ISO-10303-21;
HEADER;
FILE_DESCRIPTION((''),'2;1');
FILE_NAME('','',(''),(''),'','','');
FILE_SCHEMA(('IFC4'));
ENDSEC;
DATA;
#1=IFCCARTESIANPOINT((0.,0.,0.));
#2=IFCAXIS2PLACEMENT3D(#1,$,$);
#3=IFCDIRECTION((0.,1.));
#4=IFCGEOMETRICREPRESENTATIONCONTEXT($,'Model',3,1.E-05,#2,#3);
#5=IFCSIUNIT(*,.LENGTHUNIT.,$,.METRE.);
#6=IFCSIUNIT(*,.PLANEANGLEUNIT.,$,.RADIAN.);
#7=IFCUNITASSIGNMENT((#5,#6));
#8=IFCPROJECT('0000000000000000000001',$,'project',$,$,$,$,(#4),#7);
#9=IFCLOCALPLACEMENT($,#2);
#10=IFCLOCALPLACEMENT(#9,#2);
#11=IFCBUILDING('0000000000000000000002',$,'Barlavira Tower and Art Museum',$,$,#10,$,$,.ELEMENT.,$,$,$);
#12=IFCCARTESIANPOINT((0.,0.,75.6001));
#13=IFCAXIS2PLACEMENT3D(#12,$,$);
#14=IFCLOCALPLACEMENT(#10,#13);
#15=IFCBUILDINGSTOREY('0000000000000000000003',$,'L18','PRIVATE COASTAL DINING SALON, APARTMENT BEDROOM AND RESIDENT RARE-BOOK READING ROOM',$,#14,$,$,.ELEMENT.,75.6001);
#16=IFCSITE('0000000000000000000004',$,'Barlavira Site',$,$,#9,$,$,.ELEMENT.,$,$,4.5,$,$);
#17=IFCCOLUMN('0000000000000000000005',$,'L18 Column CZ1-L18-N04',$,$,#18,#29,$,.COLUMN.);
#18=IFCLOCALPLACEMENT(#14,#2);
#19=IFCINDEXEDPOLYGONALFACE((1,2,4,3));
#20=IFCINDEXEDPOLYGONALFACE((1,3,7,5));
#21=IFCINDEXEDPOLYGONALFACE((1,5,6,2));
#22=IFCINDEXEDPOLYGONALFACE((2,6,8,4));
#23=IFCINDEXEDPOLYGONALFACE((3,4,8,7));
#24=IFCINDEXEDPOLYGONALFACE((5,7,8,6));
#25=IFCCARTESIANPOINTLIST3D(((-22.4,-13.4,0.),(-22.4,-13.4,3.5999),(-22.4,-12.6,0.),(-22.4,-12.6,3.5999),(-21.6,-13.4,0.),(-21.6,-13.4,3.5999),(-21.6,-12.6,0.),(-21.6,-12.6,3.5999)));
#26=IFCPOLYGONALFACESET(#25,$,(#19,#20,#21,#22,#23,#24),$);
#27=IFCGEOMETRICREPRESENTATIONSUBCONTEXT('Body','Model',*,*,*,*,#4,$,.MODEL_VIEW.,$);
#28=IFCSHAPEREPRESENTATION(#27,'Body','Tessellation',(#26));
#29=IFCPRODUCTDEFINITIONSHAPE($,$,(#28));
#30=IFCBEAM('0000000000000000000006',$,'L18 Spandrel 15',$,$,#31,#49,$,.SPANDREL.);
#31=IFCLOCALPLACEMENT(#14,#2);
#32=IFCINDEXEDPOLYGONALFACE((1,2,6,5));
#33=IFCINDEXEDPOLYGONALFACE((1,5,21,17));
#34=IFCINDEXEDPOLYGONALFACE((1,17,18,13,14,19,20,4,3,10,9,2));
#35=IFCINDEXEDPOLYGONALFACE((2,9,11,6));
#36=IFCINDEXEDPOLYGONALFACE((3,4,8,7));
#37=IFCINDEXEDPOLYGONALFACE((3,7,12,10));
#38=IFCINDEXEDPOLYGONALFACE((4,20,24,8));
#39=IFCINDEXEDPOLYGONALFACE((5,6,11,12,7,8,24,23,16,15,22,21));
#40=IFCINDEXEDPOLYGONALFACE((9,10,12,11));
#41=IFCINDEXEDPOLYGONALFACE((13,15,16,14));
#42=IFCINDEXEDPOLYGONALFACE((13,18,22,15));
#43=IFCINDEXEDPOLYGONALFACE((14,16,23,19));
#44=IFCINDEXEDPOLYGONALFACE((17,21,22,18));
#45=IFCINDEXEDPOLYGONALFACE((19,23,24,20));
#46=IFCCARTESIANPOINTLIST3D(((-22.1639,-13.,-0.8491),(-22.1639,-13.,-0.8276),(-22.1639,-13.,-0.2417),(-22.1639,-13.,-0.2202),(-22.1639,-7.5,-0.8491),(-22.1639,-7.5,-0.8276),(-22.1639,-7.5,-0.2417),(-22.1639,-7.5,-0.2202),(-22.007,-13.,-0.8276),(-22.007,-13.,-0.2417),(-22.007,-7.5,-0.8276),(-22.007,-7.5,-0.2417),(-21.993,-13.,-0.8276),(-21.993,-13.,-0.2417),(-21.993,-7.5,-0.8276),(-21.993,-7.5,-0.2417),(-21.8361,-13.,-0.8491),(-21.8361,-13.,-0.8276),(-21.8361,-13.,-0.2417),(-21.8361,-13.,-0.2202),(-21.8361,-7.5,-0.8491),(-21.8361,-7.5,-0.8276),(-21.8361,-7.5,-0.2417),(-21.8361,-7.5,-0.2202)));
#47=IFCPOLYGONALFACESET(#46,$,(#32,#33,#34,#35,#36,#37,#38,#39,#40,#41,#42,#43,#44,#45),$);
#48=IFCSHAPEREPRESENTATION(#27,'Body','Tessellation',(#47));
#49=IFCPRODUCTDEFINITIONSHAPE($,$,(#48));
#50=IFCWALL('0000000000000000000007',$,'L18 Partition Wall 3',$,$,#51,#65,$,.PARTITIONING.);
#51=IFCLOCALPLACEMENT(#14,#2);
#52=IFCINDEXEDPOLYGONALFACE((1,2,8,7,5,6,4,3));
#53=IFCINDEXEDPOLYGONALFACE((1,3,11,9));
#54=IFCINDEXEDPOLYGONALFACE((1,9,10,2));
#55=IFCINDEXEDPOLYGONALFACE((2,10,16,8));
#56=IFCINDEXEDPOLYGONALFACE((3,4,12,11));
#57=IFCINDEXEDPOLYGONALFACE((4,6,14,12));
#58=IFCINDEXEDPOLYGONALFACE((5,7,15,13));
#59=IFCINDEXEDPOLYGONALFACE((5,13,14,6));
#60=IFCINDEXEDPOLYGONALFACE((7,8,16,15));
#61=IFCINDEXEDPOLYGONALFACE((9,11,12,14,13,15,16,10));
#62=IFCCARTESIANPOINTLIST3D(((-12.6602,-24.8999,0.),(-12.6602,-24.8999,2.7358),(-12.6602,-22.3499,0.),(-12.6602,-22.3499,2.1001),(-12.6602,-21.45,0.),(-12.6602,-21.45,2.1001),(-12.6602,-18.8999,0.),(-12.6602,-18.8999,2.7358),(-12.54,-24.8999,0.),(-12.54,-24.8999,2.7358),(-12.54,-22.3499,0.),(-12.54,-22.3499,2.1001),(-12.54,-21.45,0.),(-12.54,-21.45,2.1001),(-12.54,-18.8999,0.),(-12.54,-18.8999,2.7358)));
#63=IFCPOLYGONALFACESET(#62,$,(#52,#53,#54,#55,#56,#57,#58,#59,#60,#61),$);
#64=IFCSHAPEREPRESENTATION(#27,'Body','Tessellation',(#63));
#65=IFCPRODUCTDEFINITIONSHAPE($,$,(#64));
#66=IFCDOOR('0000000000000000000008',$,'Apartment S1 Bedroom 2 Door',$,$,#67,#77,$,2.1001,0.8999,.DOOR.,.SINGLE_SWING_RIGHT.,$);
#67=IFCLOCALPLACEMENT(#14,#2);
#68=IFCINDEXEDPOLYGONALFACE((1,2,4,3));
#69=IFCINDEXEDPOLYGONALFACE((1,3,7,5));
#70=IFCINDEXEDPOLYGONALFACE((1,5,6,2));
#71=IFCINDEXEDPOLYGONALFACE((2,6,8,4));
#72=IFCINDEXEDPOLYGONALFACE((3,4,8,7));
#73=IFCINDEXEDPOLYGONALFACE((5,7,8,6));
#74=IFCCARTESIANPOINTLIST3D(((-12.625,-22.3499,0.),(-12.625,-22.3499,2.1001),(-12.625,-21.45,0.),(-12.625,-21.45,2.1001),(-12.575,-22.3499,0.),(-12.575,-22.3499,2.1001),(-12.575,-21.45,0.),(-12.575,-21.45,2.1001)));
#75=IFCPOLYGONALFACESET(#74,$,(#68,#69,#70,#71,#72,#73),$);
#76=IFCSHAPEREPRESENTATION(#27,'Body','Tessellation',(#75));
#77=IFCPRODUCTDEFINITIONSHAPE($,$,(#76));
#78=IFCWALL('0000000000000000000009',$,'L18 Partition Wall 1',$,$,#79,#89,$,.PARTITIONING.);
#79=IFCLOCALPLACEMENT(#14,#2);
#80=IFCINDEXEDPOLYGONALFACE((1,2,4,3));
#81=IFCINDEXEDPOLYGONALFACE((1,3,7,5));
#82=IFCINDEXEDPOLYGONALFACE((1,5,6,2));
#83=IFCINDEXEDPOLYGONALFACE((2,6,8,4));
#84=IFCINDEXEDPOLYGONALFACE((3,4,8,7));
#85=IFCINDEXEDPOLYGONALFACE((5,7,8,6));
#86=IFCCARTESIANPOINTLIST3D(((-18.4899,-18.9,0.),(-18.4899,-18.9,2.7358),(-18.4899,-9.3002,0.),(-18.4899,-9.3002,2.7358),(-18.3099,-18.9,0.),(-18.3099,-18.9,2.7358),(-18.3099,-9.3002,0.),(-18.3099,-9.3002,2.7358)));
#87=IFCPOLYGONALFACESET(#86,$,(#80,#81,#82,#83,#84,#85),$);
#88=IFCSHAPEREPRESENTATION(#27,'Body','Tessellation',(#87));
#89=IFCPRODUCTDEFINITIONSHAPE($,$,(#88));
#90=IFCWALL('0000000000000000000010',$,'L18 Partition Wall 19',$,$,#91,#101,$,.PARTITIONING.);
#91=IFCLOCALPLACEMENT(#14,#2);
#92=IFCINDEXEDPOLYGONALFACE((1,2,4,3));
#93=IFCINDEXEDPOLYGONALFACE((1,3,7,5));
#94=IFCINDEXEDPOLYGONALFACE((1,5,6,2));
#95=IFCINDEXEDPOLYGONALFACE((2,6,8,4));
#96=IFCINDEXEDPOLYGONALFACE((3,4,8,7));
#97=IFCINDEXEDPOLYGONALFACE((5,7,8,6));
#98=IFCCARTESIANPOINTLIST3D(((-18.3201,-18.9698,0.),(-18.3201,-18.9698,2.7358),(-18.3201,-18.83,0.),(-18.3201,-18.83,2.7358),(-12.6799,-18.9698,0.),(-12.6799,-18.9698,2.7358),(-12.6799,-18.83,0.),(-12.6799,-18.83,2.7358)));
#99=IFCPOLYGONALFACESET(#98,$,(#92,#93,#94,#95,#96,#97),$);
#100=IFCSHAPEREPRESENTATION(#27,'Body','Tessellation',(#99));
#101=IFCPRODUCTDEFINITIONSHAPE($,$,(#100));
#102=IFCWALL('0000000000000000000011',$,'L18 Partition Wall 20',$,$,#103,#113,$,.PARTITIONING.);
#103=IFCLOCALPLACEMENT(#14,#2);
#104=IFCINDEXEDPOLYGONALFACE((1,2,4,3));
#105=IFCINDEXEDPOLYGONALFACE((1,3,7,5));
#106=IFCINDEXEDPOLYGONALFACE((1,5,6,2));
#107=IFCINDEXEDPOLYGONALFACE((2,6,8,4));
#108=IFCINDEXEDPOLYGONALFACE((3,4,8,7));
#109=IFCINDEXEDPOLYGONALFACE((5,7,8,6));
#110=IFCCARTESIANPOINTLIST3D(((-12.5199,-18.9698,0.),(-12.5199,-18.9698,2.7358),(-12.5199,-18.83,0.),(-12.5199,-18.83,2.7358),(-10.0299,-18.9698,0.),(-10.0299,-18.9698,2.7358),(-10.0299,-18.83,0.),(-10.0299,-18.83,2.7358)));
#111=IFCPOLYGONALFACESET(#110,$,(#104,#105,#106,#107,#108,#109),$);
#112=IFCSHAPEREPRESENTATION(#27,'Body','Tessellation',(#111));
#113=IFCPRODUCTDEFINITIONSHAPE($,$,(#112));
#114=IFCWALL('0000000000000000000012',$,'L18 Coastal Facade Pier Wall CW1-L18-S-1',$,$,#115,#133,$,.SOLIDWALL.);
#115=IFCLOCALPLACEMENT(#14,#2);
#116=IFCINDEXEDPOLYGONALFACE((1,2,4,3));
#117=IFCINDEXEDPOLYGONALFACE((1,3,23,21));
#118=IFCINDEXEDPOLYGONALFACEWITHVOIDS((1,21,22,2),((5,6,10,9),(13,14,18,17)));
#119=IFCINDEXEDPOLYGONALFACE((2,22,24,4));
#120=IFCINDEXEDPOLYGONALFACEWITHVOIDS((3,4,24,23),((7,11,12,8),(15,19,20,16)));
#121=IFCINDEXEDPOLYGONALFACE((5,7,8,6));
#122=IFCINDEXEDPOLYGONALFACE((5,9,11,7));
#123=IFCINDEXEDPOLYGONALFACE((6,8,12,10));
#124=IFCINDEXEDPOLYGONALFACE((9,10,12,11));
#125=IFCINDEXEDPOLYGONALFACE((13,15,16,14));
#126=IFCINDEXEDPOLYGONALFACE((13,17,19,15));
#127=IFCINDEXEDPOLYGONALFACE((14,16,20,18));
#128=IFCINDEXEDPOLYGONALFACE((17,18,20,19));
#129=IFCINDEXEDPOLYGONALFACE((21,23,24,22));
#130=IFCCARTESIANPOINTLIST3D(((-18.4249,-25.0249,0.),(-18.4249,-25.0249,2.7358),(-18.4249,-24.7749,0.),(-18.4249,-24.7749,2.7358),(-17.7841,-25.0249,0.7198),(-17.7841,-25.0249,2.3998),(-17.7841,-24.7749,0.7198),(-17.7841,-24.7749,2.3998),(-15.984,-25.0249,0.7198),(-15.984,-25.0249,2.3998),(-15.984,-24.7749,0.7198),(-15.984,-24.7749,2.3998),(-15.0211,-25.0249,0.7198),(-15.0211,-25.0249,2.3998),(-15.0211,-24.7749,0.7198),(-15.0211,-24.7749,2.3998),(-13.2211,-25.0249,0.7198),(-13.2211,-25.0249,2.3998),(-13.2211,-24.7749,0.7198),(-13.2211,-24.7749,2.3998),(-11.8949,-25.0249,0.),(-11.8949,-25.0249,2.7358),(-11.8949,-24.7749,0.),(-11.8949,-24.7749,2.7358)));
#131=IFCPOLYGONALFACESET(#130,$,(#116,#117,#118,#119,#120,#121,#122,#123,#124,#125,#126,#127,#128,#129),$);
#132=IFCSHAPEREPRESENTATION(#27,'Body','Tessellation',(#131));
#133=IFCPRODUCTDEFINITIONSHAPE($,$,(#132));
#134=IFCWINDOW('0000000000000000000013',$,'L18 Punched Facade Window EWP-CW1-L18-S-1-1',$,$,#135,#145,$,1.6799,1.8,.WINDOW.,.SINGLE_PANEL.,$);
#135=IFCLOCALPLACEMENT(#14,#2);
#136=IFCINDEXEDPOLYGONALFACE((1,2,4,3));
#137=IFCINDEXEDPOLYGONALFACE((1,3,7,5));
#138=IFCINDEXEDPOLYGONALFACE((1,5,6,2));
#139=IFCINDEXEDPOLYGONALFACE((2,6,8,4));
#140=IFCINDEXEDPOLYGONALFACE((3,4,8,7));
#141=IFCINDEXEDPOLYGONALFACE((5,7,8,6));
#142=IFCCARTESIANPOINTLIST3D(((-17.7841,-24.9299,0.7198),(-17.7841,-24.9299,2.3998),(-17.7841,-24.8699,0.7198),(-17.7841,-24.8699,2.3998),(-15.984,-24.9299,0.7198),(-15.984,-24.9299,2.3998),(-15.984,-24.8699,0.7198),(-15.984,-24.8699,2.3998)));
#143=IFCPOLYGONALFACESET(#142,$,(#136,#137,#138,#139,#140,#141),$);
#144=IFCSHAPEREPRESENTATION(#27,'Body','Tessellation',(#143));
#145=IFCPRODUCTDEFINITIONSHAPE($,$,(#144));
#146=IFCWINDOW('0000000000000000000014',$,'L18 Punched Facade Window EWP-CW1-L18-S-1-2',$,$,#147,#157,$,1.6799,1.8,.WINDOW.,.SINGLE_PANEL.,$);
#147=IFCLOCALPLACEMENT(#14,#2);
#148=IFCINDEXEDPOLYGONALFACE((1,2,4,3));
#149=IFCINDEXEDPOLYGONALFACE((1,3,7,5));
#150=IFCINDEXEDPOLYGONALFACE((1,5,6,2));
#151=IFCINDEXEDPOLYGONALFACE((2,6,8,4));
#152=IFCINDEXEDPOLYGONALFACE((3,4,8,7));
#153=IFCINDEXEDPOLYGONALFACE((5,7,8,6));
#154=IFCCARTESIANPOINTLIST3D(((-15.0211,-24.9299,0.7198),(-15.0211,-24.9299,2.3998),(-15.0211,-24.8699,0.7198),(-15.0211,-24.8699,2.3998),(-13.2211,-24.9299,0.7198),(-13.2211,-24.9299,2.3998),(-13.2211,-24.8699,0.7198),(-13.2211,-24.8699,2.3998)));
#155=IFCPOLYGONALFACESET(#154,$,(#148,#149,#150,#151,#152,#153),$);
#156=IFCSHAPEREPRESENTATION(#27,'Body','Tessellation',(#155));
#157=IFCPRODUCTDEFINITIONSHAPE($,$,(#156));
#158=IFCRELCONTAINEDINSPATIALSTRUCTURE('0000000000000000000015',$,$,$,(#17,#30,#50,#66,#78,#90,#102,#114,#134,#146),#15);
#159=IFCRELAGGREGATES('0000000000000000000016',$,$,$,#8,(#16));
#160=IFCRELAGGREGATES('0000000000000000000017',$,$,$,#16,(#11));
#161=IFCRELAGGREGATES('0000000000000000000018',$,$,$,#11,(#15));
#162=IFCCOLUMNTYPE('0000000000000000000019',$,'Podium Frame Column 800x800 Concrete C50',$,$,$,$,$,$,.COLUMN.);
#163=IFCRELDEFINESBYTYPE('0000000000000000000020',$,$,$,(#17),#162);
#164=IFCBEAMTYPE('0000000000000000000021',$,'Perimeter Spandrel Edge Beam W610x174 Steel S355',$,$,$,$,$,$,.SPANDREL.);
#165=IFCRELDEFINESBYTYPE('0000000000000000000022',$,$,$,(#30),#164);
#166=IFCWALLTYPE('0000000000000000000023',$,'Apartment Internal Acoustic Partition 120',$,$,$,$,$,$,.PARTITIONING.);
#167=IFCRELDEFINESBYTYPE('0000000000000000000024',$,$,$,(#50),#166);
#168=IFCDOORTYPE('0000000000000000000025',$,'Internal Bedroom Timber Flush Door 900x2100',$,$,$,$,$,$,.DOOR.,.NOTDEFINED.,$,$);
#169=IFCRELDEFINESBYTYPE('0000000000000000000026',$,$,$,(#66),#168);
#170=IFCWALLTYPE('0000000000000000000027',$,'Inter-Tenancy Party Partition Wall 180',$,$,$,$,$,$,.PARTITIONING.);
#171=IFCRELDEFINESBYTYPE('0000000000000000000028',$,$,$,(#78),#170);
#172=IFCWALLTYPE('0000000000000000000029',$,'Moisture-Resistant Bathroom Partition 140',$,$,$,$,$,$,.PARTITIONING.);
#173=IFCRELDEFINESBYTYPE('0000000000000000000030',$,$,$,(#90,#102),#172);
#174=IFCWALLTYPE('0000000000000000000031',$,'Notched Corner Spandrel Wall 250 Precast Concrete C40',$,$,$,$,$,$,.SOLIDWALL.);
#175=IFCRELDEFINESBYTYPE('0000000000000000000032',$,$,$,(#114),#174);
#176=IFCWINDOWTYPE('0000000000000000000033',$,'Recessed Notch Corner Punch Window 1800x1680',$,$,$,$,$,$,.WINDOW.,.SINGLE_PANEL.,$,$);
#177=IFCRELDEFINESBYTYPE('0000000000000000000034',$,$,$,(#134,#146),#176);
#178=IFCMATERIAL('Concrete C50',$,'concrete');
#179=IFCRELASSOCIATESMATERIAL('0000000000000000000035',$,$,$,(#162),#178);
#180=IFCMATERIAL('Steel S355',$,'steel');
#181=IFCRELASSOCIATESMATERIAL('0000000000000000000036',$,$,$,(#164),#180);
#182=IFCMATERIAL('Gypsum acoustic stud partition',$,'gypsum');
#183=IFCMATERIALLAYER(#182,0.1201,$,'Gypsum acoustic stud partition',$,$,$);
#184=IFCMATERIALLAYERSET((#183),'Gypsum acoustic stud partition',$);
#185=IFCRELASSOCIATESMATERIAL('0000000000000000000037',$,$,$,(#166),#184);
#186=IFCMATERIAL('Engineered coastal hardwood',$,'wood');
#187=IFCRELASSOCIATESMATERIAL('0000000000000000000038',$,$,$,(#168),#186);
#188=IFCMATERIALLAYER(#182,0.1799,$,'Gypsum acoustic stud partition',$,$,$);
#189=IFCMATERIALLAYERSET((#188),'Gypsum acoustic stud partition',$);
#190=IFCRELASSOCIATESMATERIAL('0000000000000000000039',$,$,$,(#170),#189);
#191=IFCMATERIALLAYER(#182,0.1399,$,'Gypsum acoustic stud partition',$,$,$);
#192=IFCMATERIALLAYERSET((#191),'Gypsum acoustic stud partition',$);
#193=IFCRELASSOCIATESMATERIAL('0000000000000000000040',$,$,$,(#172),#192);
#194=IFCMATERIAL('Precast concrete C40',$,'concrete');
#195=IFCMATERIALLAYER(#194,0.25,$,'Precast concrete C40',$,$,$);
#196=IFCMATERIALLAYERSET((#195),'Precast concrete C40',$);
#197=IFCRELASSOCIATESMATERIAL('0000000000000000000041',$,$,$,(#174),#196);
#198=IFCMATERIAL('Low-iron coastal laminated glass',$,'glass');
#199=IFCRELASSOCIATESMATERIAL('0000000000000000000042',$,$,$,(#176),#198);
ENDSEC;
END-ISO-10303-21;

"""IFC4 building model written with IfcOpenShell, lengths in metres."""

from ifc_helpers import new_model, si_unit, direction, frame, frame_2d, origin, origin_2d, place, context, subcontext, project, spatial, rectangle, i_section, extrude, material, layer, layer_set, material_profile, profile_set, type_object, element, fill, save


model = new_model("IFC4")

# Units and contexts
model_context = context("Model", 3, precision=1e-05, world=origin(), true_north=direction((0.0, 1.0)))
body_context = subcontext(model_context, "Body", "Model", "MODEL_VIEW")
ifc_project = project(units=[si_unit("LENGTHUNIT", "METRE"), si_unit("PLANEANGLEUNIT", "RADIAN")], contexts=[model_context])

# Site, building, storey
site_placement = place(None, origin())
site = spatial("IfcSite", under=ifc_project, at=site_placement, Name="Barlavira Site", CompositionType="ELEMENT", RefElevation=4.5)
building_placement = place(site_placement, origin())
building = spatial("IfcBuilding", under=site, at=building_placement, Name="Barlavira Tower and Art Museum", CompositionType="ELEMENT")
storey_placement = place(building_placement, frame((0.0, 0.0, 75.6001)))
storey = spatial("IfcBuildingStorey", under=building, at=storey_placement, Name="L18", Description="PRIVATE COASTAL DINING SALON, APARTMENT BEDROOM AND RESIDENT RARE-BOOK READING ROOM", CompositionType="ELEMENT", Elevation=75.6001)

# Column
ifc_material_1 = material(Name="Concrete C50", Category="concrete")
ifc_material_profile_1 = material_profile(ifc_material_1, rectangle(XDim=0.8, YDim=0.8, at=origin_2d()), Name="RC-COL 800x800")
ifc_profile_set_1 = profile_set([ifc_material_profile_1], Name="Concrete C50")
column_type = type_object("IfcColumnType", Name="Podium Frame Column 800x800 Concrete C50", PredefinedType="COLUMN", material=ifc_profile_set_1)
column_placement = place(storey_placement, frame((-22.0, -13.0, 0.0), z_axis=(0.0, 0.0, 1.0), x_axis=(1.0, 0.0, 0.0)))
element("IfcColumn", 1, at=column_placement, inside=storey, type_object=column_type, Name="L18 Column CZ1-L18-N04", PredefinedType="COLUMN", context=body_context, shape_type="SweptSolid", body=[
    extrude(rectangle(XDim=0.8, YDim=0.8, at=origin_2d()), origin(), (0.0, 0.0, 1.0), 3.5999),
])

# Beam
ifc_material_2 = material(Name="Steel S355", Category="steel")
ifc_material_profile_2 = material_profile(ifc_material_2, i_section(OverallWidth=0.3279, OverallDepth=0.6289, WebThickness=0.0139, FlangeThickness=0.0215, at=origin_2d()), Name="W610x174.0")
ifc_profile_set_2 = profile_set([ifc_material_profile_2], Name="Steel S355")
beam_type = type_object("IfcBeamType", Name="Perimeter Spandrel Edge Beam W610x174 Steel S355", PredefinedType="SPANDREL", material=ifc_profile_set_2)
beam_placement = place(storey_placement, frame((-22.0, -13.0, -0.5347), z_axis=(0.0, 1.0, 0.0), x_axis=(-1.0, 0.0, 0.0)))
element("IfcBeam", 2, at=beam_placement, inside=storey, type_object=beam_type, Name="L18 Spandrel 15", PredefinedType="SPANDREL", context=body_context, shape_type="SweptSolid", body=[
    extrude(i_section(OverallWidth=0.3279, OverallDepth=0.6289, WebThickness=0.0139, FlangeThickness=0.0215, at=origin_2d()), origin(), (0.0, 0.0, 1.0), 5.5),
])

# Wall, opening, door
ifc_material_3 = material(Name="Gypsum acoustic stud partition", Category="gypsum")
ifc_layer_1 = layer(ifc_material_3, 0.1201, Name="Gypsum acoustic stud partition")
ifc_layer_set_1 = layer_set([ifc_layer_1], Name="Gypsum acoustic stud partition")
wall_type_1 = type_object("IfcWallType", Name="Apartment Internal Acoustic Partition 120", PredefinedType="PARTITIONING", material=ifc_layer_set_1)
wall_1_placement = place(storey_placement, frame((-12.6001, -24.8999, 0.0), z_axis=(0.0, 0.0, 1.0), x_axis=(0.0, 1.0, 0.0)))
wall_1 = element("IfcWall", 3, at=wall_1_placement, inside=storey, type_object=wall_type_1, Name="L18 Partition Wall 3", PredefinedType="PARTITIONING", context=body_context, shape_type="SweptSolid", body=[
    extrude(rectangle(XDim=6.0, YDim=0.1201, at=frame_2d((3.0, 0.0))), origin(), (0.0, 0.0, 1.0), 2.7358),
])
opening_1_placement = place(wall_1_placement, frame((2.55, 0.0, 0.0)))
opening_1 = element("IfcOpeningElement", 4, at=opening_1_placement, cuts=wall_1, PredefinedType="OPENING", context=body_context, shape_type="SweptSolid", body=[
    extrude(rectangle(XDim=0.8999, YDim=2.1001, at=frame_2d((0.45, 1.05))), frame((0.0, 0.0701, 0.0), z_axis=(0.0, -1.0, 0.0), x_axis=(1.0, 0.0, 0.0)), (0.0, 0.0, 1.0), 0.1401),
])
ifc_material_4 = material(Name="Engineered coastal hardwood", Category="wood")
door_type = type_object("IfcDoorType", Name="Internal Bedroom Timber Flush Door 900x2100", OperationType="NOTDEFINED", PredefinedType="DOOR", material=ifc_material_4)
door_placement = place(opening_1_placement, origin())
door = element("IfcDoor", 5, at=door_placement, inside=storey, type_object=door_type, Name="Apartment S1 Bedroom 2 Door", OperationType="SINGLE_SWING_RIGHT", OverallHeight=2.1001, OverallWidth=0.8999, PredefinedType="DOOR", context=body_context, shape_type="SweptSolid", body=[
    extrude(rectangle(XDim=0.8999, YDim=2.1001, at=frame_2d((0.45, 1.05))), frame((0.0, 0.0249, 0.0), z_axis=(0.0, -1.0, 0.0), x_axis=(1.0, 0.0, 0.0)), (0.0, 0.0, 1.0), 0.05),
])
fill(opening_1, door)

# Walls
ifc_layer_2 = layer(ifc_material_3, 0.1799, Name="Gypsum acoustic stud partition")
ifc_layer_set_2 = layer_set([ifc_layer_2], Name="Gypsum acoustic stud partition")
wall_type_2 = type_object("IfcWallType", Name="Inter-Tenancy Party Partition Wall 180", PredefinedType="PARTITIONING", material=ifc_layer_set_2)
wall_2_placement = place(storey_placement, frame((-18.3999, -18.8999, 0.0), z_axis=(0.0, 0.0, 1.0), x_axis=(0.0, 1.0, 0.0)))
element("IfcWall", 6, at=wall_2_placement, inside=storey, type_object=wall_type_2, Name="L18 Partition Wall 1", PredefinedType="PARTITIONING", context=body_context, shape_type="SweptSolid", body=[
    extrude(rectangle(XDim=9.5999, YDim=0.1799, at=frame_2d((4.7998, 0.0))), origin(), (0.0, 0.0, 1.0), 2.7358),
])
ifc_layer_3 = layer(ifc_material_3, 0.1399, Name="Gypsum acoustic stud partition")
ifc_layer_set_3 = layer_set([ifc_layer_3], Name="Gypsum acoustic stud partition")
wall_type_3 = type_object("IfcWallType", Name="Moisture-Resistant Bathroom Partition 140", PredefinedType="PARTITIONING", material=ifc_layer_set_3)
wall_3_placement = place(storey_placement, frame((-18.3201, -18.8999, 0.0), z_axis=(0.0, 0.0, 1.0), x_axis=(1.0, 0.0, 0.0)))
element("IfcWall", 7, at=wall_3_placement, inside=storey, type_object=wall_type_3, Name="L18 Partition Wall 19", PredefinedType="PARTITIONING", context=body_context, shape_type="SweptSolid", body=[
    extrude(rectangle(XDim=5.6401, YDim=0.1399, at=frame_2d((2.8201, 0.0))), origin(), (0.0, 0.0, 1.0), 2.7358),
])
wall_4_placement = place(storey_placement, frame((-12.52, -18.8999, 0.0), z_axis=(0.0, 0.0, 1.0), x_axis=(1.0, 0.0, 0.0)))
element("IfcWall", 8, at=wall_4_placement, inside=storey, type_object=wall_type_3, Name="L18 Partition Wall 20", PredefinedType="PARTITIONING", context=body_context, shape_type="SweptSolid", body=[
    extrude(rectangle(XDim=2.49, YDim=0.1399, at=frame_2d((1.2451, 0.0))), origin(), (0.0, 0.0, 1.0), 2.7358),
])

# Wall, openings, windows
ifc_material_5 = material(Name="Precast concrete C40", Category="concrete")
ifc_layer_4 = layer(ifc_material_5, 0.25, Name="Precast concrete C40")
ifc_layer_set_4 = layer_set([ifc_layer_4], Name="Precast concrete C40")
wall_type_4 = type_object("IfcWallType", Name="Notched Corner Spandrel Wall 250 Precast Concrete C40", PredefinedType="SOLIDWALL", material=ifc_layer_set_4)
wall_5_placement = place(storey_placement, frame((-18.425, -24.8999, 0.0), z_axis=(0.0, 0.0, 1.0), x_axis=(1.0, 0.0, 0.0)))
wall_5 = element("IfcWall", 9, at=wall_5_placement, inside=storey, type_object=wall_type_4, Name="L18 Coastal Facade Pier Wall CW1-L18-S-1", PredefinedType="SOLIDWALL", context=body_context, shape_type="SweptSolid", body=[
    extrude(rectangle(XDim=6.53, YDim=0.25, at=frame_2d((3.2651, 0.0))), origin(), (0.0, 0.0, 1.0), 2.7358),
])
opening_2_placement = place(wall_5_placement, frame((0.6411, 0.0, 0.72)))
opening_2 = element("IfcOpeningElement", 10, at=opening_2_placement, cuts=wall_5, PredefinedType="OPENING", context=body_context, shape_type="SweptSolid", body=[
    extrude(rectangle(XDim=1.8, YDim=1.6799, at=frame_2d((0.8999, 0.8398))), frame((0.0, 0.135, 0.0), z_axis=(0.0, -1.0, 0.0), x_axis=(1.0, 0.0, 0.0)), (0.0, 0.0, 1.0), 0.27),
])
opening_3_placement = place(wall_5_placement, frame((3.4041, 0.0, 0.72)))
opening_3 = element("IfcOpeningElement", 11, at=opening_3_placement, cuts=wall_5, PredefinedType="OPENING", context=body_context, shape_type="SweptSolid", body=[
    extrude(rectangle(XDim=1.8, YDim=1.6799, at=frame_2d((0.8999, 0.8398))), frame((0.0, 0.135, 0.0), z_axis=(0.0, -1.0, 0.0), x_axis=(1.0, 0.0, 0.0)), (0.0, 0.0, 1.0), 0.27),
])
ifc_material_6 = material(Name="Low-iron coastal laminated glass", Category="glass")
window_type = type_object("IfcWindowType", Name="Recessed Notch Corner Punch Window 1800x1680", PartitioningType="SINGLE_PANEL", PredefinedType="WINDOW", material=ifc_material_6)
window_1_placement = place(opening_2_placement, origin())
window_1 = element("IfcWindow", 12, at=window_1_placement, inside=storey, type_object=window_type, Name="L18 Punched Facade Window EWP-CW1-L18-S-1-1", OverallHeight=1.6799, OverallWidth=1.8, PartitioningType="SINGLE_PANEL", PredefinedType="WINDOW", context=body_context, shape_type="SweptSolid", body=[
    extrude(rectangle(XDim=1.8, YDim=1.6799, at=frame_2d((0.8999, 0.8398))), frame((0.0, 0.03, 0.0), z_axis=(0.0, -1.0, 0.0), x_axis=(1.0, 0.0, 0.0)), (0.0, 0.0, 1.0), 0.0601),
])
fill(opening_2, window_1)
window_2_placement = place(opening_3_placement, origin())
window_2 = element("IfcWindow", 13, at=window_2_placement, inside=storey, type_object=window_type, Name="L18 Punched Facade Window EWP-CW1-L18-S-1-2", OverallHeight=1.6799, OverallWidth=1.8, PartitioningType="SINGLE_PANEL", PredefinedType="WINDOW", context=body_context, shape_type="SweptSolid", body=[
    extrude(rectangle(XDim=1.8, YDim=1.6799, at=frame_2d((0.8999, 0.8398))), frame((0.0, 0.03, 0.0), z_axis=(0.0, -1.0, 0.0), x_axis=(1.0, 0.0, 0.0)), (0.0, 0.0, 1.0), 0.0601),
])
fill(opening_3, window_2)

save(model, "model.ifc")
